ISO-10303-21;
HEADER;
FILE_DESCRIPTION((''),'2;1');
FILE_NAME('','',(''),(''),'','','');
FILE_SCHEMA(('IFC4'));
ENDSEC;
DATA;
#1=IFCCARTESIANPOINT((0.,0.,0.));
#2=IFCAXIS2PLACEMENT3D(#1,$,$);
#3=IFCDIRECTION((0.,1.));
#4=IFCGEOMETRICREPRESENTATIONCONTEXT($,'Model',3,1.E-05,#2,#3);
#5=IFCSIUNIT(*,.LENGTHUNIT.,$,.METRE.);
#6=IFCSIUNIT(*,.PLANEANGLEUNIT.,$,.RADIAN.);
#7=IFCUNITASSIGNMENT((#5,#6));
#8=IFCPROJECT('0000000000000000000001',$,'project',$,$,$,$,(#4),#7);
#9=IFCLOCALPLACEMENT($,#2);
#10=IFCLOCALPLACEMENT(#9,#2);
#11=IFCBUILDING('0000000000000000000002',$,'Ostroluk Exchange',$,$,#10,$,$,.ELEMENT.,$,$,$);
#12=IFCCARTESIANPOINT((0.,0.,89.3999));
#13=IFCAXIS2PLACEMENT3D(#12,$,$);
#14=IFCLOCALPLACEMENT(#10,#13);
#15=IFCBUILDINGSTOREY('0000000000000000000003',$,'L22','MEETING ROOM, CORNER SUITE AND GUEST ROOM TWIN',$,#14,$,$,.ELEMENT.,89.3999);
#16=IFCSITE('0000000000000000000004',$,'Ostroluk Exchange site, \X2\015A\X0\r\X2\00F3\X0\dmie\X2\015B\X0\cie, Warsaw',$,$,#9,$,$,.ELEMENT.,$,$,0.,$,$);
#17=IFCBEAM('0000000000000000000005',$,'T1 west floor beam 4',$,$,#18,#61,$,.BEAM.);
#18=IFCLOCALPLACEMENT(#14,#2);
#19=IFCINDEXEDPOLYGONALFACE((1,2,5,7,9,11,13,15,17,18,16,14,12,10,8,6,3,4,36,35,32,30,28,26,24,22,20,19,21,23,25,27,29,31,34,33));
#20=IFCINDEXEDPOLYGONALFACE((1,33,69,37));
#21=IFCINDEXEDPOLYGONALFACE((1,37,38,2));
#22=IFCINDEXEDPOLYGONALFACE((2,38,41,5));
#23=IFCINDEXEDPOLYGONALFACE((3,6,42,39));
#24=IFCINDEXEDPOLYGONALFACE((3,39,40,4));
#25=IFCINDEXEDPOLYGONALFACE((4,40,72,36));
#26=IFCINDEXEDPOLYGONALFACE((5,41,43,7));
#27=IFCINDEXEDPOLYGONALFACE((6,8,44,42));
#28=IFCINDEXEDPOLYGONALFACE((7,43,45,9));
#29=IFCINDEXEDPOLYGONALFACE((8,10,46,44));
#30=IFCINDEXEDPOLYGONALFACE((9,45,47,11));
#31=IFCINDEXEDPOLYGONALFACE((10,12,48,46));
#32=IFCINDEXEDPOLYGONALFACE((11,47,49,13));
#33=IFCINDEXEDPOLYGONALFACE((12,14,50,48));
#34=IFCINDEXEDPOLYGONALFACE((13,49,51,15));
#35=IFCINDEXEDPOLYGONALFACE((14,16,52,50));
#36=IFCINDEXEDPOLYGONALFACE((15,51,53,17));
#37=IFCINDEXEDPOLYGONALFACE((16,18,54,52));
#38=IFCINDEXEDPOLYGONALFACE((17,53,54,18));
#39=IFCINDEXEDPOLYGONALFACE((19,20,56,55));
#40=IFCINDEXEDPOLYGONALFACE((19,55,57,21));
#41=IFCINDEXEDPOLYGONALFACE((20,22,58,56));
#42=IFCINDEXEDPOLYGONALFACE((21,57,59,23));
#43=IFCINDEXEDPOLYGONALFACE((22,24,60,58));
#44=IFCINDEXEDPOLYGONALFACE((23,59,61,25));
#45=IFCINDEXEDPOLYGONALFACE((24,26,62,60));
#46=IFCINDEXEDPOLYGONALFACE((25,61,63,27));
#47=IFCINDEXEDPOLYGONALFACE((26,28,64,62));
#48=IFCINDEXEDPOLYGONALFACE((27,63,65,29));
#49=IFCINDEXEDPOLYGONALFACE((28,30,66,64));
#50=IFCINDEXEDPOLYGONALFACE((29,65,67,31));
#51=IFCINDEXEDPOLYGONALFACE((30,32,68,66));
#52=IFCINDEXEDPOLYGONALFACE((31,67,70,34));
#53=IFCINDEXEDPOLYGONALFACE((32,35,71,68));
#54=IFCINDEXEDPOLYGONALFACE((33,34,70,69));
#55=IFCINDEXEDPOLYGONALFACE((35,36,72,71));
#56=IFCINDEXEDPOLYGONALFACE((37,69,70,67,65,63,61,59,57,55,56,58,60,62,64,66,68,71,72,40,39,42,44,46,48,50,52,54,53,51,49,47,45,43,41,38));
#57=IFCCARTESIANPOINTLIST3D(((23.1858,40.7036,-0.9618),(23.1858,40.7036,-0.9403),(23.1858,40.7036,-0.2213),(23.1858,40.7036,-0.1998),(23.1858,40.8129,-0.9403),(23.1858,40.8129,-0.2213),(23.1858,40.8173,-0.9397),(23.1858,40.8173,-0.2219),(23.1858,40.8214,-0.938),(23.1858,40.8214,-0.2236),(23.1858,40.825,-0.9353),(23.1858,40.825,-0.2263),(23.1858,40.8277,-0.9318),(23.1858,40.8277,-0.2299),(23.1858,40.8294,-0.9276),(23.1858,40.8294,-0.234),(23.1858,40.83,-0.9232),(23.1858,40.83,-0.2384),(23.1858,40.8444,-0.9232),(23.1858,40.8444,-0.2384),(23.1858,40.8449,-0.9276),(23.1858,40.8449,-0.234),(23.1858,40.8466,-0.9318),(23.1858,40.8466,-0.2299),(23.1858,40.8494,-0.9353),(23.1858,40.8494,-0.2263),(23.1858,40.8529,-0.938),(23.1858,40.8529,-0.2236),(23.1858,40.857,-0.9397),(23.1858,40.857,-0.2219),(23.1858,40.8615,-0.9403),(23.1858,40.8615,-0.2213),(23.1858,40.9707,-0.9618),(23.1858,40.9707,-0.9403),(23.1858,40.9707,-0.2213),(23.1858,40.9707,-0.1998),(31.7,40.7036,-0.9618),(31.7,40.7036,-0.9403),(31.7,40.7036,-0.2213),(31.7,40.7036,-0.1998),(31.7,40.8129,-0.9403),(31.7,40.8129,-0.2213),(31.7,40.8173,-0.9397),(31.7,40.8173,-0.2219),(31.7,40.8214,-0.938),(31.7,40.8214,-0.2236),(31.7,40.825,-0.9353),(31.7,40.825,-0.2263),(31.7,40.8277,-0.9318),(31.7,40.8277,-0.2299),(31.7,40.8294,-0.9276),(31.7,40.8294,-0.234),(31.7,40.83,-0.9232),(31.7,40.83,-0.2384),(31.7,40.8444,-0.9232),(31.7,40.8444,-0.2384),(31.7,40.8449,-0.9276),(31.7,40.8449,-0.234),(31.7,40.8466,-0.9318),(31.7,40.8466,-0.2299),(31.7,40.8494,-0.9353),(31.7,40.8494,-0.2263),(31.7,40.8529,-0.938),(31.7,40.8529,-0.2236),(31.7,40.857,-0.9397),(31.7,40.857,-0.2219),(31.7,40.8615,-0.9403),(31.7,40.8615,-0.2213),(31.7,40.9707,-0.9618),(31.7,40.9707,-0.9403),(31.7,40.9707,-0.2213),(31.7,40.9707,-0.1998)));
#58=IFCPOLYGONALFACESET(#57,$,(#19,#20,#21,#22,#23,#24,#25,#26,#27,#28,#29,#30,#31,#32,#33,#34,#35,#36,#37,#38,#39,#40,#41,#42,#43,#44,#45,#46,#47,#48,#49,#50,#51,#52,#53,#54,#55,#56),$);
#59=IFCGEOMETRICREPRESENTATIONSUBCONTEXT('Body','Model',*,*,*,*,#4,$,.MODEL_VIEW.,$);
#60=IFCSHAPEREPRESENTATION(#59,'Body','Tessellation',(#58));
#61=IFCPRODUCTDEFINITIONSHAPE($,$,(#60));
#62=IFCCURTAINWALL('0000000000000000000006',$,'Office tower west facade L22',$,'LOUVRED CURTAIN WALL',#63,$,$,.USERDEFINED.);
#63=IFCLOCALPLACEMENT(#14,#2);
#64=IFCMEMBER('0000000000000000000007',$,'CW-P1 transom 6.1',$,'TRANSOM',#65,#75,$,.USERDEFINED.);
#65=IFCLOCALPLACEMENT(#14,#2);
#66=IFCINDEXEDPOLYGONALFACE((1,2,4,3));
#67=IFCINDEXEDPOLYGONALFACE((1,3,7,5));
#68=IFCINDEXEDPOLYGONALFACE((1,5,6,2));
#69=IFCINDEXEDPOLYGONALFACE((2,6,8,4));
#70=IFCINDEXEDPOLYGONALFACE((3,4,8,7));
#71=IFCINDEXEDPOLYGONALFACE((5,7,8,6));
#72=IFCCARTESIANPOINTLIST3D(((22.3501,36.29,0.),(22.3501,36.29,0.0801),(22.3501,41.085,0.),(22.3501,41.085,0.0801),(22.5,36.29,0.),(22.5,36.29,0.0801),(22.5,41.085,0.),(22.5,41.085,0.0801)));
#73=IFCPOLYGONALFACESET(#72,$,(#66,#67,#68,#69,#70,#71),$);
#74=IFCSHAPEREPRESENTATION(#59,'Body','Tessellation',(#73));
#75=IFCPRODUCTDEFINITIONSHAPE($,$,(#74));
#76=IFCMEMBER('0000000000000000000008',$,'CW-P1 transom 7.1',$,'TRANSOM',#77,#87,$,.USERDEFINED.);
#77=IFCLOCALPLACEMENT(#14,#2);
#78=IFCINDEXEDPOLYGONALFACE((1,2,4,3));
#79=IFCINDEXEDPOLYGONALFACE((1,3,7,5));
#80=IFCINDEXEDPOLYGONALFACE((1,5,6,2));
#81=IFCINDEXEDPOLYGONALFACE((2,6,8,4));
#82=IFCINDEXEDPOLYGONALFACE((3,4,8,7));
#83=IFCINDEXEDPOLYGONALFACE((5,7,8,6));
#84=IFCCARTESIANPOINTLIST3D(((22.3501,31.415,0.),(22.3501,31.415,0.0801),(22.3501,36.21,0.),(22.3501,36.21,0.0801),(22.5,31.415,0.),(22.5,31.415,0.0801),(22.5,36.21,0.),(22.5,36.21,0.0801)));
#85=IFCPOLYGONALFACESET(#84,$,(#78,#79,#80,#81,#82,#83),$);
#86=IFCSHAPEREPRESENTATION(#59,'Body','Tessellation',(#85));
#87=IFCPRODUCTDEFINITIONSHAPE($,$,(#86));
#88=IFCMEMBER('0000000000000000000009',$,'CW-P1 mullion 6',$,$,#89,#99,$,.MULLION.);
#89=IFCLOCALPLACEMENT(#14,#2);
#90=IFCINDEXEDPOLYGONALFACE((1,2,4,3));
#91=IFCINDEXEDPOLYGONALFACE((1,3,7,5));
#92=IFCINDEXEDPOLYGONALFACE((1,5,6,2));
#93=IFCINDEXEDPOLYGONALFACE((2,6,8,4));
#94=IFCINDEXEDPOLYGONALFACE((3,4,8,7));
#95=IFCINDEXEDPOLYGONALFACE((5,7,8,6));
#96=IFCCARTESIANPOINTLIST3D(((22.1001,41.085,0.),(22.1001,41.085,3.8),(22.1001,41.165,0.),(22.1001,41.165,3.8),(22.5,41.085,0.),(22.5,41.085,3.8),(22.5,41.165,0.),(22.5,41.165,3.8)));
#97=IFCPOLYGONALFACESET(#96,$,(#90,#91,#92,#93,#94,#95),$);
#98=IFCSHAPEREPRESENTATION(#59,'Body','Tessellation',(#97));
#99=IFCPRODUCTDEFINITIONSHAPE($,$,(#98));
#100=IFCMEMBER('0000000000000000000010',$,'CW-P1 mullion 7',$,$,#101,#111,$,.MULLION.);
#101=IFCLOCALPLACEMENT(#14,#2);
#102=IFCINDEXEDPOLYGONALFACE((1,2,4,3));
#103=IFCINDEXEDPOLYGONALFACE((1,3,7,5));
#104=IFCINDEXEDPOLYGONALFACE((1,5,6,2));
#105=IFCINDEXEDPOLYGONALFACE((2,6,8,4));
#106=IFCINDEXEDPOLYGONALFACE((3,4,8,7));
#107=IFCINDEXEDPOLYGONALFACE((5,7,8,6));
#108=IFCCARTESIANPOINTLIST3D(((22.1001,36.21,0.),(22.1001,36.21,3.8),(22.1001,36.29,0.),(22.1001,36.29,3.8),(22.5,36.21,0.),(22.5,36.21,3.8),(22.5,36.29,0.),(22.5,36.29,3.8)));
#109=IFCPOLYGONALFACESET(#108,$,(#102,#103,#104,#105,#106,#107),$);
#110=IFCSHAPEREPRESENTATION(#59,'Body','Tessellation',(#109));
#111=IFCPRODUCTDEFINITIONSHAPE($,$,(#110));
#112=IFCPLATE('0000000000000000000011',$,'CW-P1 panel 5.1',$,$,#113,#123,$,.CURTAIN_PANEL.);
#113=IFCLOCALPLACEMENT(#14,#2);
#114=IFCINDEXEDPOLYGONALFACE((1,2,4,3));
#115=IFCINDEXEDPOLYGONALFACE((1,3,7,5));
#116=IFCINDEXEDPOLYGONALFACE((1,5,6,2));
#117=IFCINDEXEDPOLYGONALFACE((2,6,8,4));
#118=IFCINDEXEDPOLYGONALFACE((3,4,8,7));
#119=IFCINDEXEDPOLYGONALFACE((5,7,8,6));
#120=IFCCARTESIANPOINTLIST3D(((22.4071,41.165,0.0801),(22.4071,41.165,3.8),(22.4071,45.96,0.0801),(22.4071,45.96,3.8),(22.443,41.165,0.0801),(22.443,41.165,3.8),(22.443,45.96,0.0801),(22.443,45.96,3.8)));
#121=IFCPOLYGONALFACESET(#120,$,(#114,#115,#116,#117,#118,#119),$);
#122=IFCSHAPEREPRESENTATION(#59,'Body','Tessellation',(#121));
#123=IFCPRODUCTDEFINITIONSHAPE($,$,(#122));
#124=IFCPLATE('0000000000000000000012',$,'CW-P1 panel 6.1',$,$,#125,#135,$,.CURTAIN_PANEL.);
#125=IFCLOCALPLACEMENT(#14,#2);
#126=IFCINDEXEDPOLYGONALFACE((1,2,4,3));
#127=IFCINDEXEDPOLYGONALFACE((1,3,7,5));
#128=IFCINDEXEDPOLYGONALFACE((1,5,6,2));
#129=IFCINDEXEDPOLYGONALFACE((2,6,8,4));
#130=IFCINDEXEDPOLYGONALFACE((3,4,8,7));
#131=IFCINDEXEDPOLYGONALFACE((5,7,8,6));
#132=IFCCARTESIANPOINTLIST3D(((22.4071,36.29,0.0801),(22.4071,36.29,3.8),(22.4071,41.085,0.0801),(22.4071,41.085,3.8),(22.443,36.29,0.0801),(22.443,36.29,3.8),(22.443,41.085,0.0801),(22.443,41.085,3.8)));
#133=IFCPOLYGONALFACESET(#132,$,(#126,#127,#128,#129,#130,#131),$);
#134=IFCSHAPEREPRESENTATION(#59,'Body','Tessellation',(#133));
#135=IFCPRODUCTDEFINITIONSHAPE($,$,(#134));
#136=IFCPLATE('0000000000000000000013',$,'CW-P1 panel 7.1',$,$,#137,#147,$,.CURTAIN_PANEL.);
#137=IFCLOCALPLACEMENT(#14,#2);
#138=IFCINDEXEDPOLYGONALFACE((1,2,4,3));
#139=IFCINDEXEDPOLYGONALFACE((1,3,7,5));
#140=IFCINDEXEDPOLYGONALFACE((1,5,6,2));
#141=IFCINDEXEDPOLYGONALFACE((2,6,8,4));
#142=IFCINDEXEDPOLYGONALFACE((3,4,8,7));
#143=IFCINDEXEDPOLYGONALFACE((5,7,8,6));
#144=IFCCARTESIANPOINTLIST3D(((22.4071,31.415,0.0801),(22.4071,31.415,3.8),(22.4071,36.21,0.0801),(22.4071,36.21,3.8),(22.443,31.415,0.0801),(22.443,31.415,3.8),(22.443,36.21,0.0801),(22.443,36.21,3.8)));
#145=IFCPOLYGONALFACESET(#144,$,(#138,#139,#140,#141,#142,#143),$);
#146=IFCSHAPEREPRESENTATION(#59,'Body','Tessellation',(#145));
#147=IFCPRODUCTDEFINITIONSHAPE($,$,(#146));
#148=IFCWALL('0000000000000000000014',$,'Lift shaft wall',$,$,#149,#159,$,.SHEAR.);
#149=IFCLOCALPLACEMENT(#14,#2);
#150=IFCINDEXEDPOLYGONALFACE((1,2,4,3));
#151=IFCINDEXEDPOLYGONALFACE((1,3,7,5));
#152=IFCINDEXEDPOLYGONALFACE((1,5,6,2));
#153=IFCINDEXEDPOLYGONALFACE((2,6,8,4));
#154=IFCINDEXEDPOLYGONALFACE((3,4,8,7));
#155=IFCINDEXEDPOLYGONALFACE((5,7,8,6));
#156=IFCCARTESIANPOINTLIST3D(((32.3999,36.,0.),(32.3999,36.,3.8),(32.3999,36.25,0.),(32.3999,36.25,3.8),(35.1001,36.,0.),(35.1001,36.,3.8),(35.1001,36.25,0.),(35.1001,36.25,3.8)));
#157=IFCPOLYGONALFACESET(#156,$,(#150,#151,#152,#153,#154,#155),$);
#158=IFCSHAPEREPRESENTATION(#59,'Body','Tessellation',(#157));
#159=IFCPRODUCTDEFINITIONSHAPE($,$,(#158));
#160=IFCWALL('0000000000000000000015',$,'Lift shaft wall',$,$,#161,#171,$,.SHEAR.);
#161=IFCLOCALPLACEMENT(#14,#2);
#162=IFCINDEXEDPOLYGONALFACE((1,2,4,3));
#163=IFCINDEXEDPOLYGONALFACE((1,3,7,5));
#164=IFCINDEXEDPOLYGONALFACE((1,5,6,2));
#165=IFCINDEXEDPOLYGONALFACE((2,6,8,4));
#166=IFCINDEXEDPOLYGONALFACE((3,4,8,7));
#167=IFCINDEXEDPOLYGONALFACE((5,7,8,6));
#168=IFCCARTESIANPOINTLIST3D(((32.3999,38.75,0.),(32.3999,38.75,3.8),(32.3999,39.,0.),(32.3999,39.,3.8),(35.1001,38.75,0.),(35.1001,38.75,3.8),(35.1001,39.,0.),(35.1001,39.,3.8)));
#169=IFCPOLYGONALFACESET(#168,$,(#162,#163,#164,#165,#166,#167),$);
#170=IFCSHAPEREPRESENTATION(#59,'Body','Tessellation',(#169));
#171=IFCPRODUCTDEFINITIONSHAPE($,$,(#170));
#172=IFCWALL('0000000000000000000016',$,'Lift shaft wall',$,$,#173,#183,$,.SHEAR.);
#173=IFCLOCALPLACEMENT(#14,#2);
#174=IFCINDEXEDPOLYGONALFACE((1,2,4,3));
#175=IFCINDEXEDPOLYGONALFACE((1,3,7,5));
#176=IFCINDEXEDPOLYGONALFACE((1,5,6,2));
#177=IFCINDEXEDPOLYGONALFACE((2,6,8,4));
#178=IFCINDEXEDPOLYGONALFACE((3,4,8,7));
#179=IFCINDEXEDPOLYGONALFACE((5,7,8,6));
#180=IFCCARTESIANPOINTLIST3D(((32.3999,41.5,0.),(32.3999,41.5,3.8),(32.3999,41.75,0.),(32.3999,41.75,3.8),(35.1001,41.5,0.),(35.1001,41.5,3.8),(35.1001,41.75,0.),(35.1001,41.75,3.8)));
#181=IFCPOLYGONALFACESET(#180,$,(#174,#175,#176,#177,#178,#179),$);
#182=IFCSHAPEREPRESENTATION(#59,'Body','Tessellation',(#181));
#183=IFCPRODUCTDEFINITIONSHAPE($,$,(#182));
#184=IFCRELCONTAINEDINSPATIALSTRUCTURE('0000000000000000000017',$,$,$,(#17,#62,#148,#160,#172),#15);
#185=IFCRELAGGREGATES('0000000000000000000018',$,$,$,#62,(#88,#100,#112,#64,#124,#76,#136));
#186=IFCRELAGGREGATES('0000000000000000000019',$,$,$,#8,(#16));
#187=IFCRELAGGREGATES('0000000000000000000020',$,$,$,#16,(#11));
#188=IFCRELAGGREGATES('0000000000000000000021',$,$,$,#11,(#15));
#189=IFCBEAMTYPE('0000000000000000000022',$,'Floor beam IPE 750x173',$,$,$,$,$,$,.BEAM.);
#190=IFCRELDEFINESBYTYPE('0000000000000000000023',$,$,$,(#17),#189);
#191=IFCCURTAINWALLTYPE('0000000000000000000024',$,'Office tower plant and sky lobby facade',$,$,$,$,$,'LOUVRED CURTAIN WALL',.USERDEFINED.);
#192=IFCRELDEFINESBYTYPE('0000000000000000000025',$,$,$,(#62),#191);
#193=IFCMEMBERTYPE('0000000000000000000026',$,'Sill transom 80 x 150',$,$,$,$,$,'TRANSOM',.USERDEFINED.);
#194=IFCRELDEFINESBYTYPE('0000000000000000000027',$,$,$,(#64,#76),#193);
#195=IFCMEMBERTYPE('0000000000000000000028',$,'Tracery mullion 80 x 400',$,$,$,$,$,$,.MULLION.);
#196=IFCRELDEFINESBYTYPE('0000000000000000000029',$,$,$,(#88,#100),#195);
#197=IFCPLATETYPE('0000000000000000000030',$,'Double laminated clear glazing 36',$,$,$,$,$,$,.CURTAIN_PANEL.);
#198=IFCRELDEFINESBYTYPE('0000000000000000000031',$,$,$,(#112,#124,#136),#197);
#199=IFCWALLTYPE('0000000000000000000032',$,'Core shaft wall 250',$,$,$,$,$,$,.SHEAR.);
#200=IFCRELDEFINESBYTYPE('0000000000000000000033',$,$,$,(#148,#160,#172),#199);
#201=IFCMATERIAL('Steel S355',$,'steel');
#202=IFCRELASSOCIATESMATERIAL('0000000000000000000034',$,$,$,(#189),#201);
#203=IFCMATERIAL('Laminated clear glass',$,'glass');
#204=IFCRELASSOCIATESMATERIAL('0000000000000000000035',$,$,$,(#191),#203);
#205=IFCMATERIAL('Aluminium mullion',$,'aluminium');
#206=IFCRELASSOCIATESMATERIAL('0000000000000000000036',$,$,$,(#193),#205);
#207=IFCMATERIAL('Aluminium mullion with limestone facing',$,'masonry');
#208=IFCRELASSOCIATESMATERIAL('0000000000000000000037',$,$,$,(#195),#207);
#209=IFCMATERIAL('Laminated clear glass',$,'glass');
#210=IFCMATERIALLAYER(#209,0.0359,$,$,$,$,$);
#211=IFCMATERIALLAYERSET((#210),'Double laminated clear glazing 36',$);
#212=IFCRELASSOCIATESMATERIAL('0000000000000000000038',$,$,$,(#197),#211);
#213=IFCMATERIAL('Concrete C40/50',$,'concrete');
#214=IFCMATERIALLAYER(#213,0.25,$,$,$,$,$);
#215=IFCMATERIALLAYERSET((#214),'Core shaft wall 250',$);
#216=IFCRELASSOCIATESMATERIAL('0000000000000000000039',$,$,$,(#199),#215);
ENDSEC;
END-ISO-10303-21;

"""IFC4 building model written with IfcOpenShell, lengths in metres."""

from ifc_helpers import new_model, si_unit, direction, frame, frame_2d, origin, origin_2d, place, context, subcontext, project, spatial, rectangle, i_section, extrude, material, layer, layer_set, material_profile, profile_set, type_object, element, aggregate, save


model = new_model("IFC4")

# Units and contexts
model_context = context("Model", 3, precision=1e-05, world=origin(), true_north=direction((0.0, 1.0)))
body_context = subcontext(model_context, "Body", "Model", "MODEL_VIEW")
ifc_project = project(units=[si_unit("LENGTHUNIT", "METRE"), si_unit("PLANEANGLEUNIT", "RADIAN")], contexts=[model_context])

# Site, building, storey
site_placement = place(None, origin())
site = spatial("IfcSite", under=ifc_project, at=site_placement, Name="Ostroluk Exchange site, Śródmieście, Warsaw", CompositionType="ELEMENT", RefElevation=0.0)
building_placement = place(site_placement, origin())
building = spatial("IfcBuilding", under=site, at=building_placement, Name="Ostroluk Exchange", CompositionType="ELEMENT")
storey_placement = place(building_placement, frame((0.0, 0.0, 89.3999)))
storey = spatial("IfcBuildingStorey", under=building, at=storey_placement, Name="L22", Description="MEETING ROOM, CORNER SUITE AND GUEST ROOM TWIN", CompositionType="ELEMENT", Elevation=89.3999)

# Beam
ifc_material_1 = material(Name="Steel S355", Category="steel")
ifc_material_profile_1 = material_profile(ifc_material_1, i_section(OverallWidth=0.2671, OverallDepth=0.762, WebThickness=0.0144, FlangeThickness=0.0215, FilletRadius=0.0171, at=origin_2d()), Name="IPE 750x173")
ifc_profile_set_1 = profile_set([ifc_material_profile_1], Name="Steel S355")
beam_type_1 = type_object("IfcBeamType", Name="Floor beam IPE 750x173", PredefinedType="BEAM", material=ifc_profile_set_1)
beam_1_placement = place(storey_placement, frame((31.7, 40.8372, -0.5808), z_axis=(-1.0, 0.0, 0.0), x_axis=(0.0, -1.0, 0.0)))
element("IfcBeam", 1, at=beam_1_placement, inside=storey, type_object=beam_type_1, Name="T1 west floor beam 4", PredefinedType="BEAM", context=body_context, shape_type="SweptSolid", body=[
    extrude(i_section(OverallWidth=0.2671, OverallDepth=0.762, WebThickness=0.0144, FlangeThickness=0.0215, FilletRadius=0.0171, at=origin_2d()), origin(), (0.0, 0.0, 1.0), 8.5142),
])

# Curtain wall, members, plates
ifc_material_2 = material(Name="Laminated clear glass", Category="glass")
curtain_wall_type = type_object("IfcCurtainWallType", Name="Office tower plant and sky lobby facade", ElementType="LOUVRED CURTAIN WALL", PredefinedType="USERDEFINED", material=ifc_material_2)
curtain_wall_placement = place(storey_placement, origin())
curtain_wall = element("IfcCurtainWall", 2, at=curtain_wall_placement, inside=storey, type_object=curtain_wall_type, Name="Office tower west facade L22", ObjectType="LOUVRED CURTAIN WALL", PredefinedType="USERDEFINED")
ifc_material_3 = material(Name="Aluminium mullion", Category="aluminium")
ifc_material_profile_2 = material_profile(ifc_material_3, rectangle(XDim=0.1499, YDim=0.0801, at=origin_2d()), Name="Sill transom 80 x 150")
ifc_profile_set_2 = profile_set([ifc_material_profile_2], Name="Aluminium mullion")
member_type_1 = type_object("IfcMemberType", Name="Sill transom 80 x 150", ElementType="TRANSOM", PredefinedType="USERDEFINED", material=ifc_profile_set_2)
member_1_placement = place(storey_placement, frame((22.425, 41.085, 0.04), z_axis=(0.0, -1.0, 0.0), x_axis=(1.0, 0.0, 0.0)))
member_1 = element("IfcMember", 3, at=member_1_placement, type_object=member_type_1, Name="CW-P1 transom 6.1", ObjectType="TRANSOM", PredefinedType="USERDEFINED", context=body_context, shape_type="SweptSolid", body=[
    extrude(rectangle(XDim=0.1499, YDim=0.0801, at=origin_2d()), origin(), (0.0, 0.0, 1.0), 4.7949),
])
member_2_placement = place(storey_placement, frame((22.425, 36.21, 0.04), z_axis=(0.0, -1.0, 0.0), x_axis=(1.0, 0.0, 0.0)))
member_2 = element("IfcMember", 4, at=member_2_placement, type_object=member_type_1, Name="CW-P1 transom 7.1", ObjectType="TRANSOM", PredefinedType="USERDEFINED", context=body_context, shape_type="SweptSolid", body=[
    extrude(rectangle(XDim=0.1499, YDim=0.0801, at=origin_2d()), origin(), (0.0, 0.0, 1.0), 4.7949),
])
ifc_material_4 = material(Name="Aluminium mullion with limestone facing", Category="masonry")
ifc_material_profile_3 = material_profile(ifc_material_4, rectangle(XDim=0.3999, YDim=0.0801, at=origin_2d()), Name="Tracery mullion 80 x 400")
ifc_profile_set_3 = profile_set([ifc_material_profile_3], Name="Aluminium mullion with limestone facing")
member_type_2 = type_object("IfcMemberType", Name="Tracery mullion 80 x 400", PredefinedType="MULLION", material=ifc_profile_set_3)
member_3_placement = place(storey_placement, frame((22.3, 41.125, 0.0), z_axis=(0.0, 0.0, 1.0), x_axis=(1.0, 0.0, 0.0)))
member_3 = element("IfcMember", 5, at=member_3_placement, type_object=member_type_2, Name="CW-P1 mullion 6", PredefinedType="MULLION", context=body_context, shape_type="SweptSolid", body=[
    extrude(rectangle(XDim=0.3999, YDim=0.0801, at=origin_2d()), origin(), (0.0, 0.0, 1.0), 3.8),
])
member_4_placement = place(storey_placement, frame((22.3, 36.25, 0.0), z_axis=(0.0, 0.0, 1.0), x_axis=(1.0, 0.0, 0.0)))
member_4 = element("IfcMember", 6, at=member_4_placement, type_object=member_type_2, Name="CW-P1 mullion 7", PredefinedType="MULLION", context=body_context, shape_type="SweptSolid", body=[
    extrude(rectangle(XDim=0.3999, YDim=0.0801, at=origin_2d()), origin(), (0.0, 0.0, 1.0), 3.8),
])
ifc_material_5 = material(Name="Laminated clear glass", Category="glass")
ifc_layer_1 = layer(ifc_material_5, 0.0359)
ifc_layer_set_1 = layer_set([ifc_layer_1], Name="Double laminated clear glazing 36")
plate_type = type_object("IfcPlateType", Name="Double laminated clear glazing 36", PredefinedType="CURTAIN_PANEL", material=ifc_layer_set_1)
plate_1_placement = place(storey_placement, frame((22.425, 43.5625, 0.0801), z_axis=(0.0, 0.0, 1.0), x_axis=(0.0, -1.0, 0.0)))
plate_1 = element("IfcPlate", 7, at=plate_1_placement, type_object=plate_type, Name="CW-P1 panel 5.1", PredefinedType="CURTAIN_PANEL", context=body_context, shape_type="SweptSolid", body=[
    extrude(rectangle(XDim=4.7949, YDim=0.0359, at=origin_2d()), origin(), (0.0, 0.0, 1.0), 3.72),
])
plate_2_placement = place(storey_placement, frame((22.425, 38.6875, 0.0801), z_axis=(0.0, 0.0, 1.0), x_axis=(0.0, -1.0, 0.0)))
plate_2 = element("IfcPlate", 8, at=plate_2_placement, type_object=plate_type, Name="CW-P1 panel 6.1", PredefinedType="CURTAIN_PANEL", context=body_context, shape_type="SweptSolid", body=[
    extrude(rectangle(XDim=4.7949, YDim=0.0359, at=origin_2d()), origin(), (0.0, 0.0, 1.0), 3.72),
])
plate_3_placement = place(storey_placement, frame((22.425, 33.8125, 0.0801), z_axis=(0.0, 0.0, 1.0), x_axis=(0.0, -1.0, 0.0)))
plate_3 = element("IfcPlate", 9, at=plate_3_placement, type_object=plate_type, Name="CW-P1 panel 7.1", PredefinedType="CURTAIN_PANEL", context=body_context, shape_type="SweptSolid", body=[
    extrude(rectangle(XDim=4.7949, YDim=0.0359, at=origin_2d()), origin(), (0.0, 0.0, 1.0), 3.72),
])
aggregate(curtain_wall, [member_3, member_4, plate_1, member_1, plate_2, member_2, plate_3])

# Walls
ifc_material_6 = material(Name="Concrete C40/50", Category="concrete")
ifc_layer_2 = layer(ifc_material_6, 0.25)
ifc_layer_set_2 = layer_set([ifc_layer_2], Name="Core shaft wall 250")
wall_type_1 = type_object("IfcWallType", Name="Core shaft wall 250", PredefinedType="SHEAR", material=ifc_layer_set_2)
for number, where, z_axis, x_axis, name in (
    (10, (32.3999, 36.125, 0.0), (0.0, 0.0, 1.0), (1.0, 0.0, 0.0), "Lift shaft wall"),
    (11, (32.3999, 38.875, 0.0), (0.0, 0.0, 1.0), (1.0, 0.0, 0.0), "Lift shaft wall"),
    (12, (32.3999, 41.625, 0.0), (0.0, 0.0, 1.0), (1.0, 0.0, 0.0), "Lift shaft wall"),
):
    element("IfcWall", number, at=place(storey_placement, frame(where, z_axis=z_axis, x_axis=x_axis)), inside=storey, type_object=wall_type_1, Name=name, PredefinedType="SHEAR", context=body_context, shape_type="SweptSolid", body=[
        extrude(rectangle(XDim=2.7002, YDim=0.25, at=frame_2d((1.3501, 0.0))), origin(), (0.0, 0.0, 1.0), 3.8),
    ])

save(model, "model.ifc")
